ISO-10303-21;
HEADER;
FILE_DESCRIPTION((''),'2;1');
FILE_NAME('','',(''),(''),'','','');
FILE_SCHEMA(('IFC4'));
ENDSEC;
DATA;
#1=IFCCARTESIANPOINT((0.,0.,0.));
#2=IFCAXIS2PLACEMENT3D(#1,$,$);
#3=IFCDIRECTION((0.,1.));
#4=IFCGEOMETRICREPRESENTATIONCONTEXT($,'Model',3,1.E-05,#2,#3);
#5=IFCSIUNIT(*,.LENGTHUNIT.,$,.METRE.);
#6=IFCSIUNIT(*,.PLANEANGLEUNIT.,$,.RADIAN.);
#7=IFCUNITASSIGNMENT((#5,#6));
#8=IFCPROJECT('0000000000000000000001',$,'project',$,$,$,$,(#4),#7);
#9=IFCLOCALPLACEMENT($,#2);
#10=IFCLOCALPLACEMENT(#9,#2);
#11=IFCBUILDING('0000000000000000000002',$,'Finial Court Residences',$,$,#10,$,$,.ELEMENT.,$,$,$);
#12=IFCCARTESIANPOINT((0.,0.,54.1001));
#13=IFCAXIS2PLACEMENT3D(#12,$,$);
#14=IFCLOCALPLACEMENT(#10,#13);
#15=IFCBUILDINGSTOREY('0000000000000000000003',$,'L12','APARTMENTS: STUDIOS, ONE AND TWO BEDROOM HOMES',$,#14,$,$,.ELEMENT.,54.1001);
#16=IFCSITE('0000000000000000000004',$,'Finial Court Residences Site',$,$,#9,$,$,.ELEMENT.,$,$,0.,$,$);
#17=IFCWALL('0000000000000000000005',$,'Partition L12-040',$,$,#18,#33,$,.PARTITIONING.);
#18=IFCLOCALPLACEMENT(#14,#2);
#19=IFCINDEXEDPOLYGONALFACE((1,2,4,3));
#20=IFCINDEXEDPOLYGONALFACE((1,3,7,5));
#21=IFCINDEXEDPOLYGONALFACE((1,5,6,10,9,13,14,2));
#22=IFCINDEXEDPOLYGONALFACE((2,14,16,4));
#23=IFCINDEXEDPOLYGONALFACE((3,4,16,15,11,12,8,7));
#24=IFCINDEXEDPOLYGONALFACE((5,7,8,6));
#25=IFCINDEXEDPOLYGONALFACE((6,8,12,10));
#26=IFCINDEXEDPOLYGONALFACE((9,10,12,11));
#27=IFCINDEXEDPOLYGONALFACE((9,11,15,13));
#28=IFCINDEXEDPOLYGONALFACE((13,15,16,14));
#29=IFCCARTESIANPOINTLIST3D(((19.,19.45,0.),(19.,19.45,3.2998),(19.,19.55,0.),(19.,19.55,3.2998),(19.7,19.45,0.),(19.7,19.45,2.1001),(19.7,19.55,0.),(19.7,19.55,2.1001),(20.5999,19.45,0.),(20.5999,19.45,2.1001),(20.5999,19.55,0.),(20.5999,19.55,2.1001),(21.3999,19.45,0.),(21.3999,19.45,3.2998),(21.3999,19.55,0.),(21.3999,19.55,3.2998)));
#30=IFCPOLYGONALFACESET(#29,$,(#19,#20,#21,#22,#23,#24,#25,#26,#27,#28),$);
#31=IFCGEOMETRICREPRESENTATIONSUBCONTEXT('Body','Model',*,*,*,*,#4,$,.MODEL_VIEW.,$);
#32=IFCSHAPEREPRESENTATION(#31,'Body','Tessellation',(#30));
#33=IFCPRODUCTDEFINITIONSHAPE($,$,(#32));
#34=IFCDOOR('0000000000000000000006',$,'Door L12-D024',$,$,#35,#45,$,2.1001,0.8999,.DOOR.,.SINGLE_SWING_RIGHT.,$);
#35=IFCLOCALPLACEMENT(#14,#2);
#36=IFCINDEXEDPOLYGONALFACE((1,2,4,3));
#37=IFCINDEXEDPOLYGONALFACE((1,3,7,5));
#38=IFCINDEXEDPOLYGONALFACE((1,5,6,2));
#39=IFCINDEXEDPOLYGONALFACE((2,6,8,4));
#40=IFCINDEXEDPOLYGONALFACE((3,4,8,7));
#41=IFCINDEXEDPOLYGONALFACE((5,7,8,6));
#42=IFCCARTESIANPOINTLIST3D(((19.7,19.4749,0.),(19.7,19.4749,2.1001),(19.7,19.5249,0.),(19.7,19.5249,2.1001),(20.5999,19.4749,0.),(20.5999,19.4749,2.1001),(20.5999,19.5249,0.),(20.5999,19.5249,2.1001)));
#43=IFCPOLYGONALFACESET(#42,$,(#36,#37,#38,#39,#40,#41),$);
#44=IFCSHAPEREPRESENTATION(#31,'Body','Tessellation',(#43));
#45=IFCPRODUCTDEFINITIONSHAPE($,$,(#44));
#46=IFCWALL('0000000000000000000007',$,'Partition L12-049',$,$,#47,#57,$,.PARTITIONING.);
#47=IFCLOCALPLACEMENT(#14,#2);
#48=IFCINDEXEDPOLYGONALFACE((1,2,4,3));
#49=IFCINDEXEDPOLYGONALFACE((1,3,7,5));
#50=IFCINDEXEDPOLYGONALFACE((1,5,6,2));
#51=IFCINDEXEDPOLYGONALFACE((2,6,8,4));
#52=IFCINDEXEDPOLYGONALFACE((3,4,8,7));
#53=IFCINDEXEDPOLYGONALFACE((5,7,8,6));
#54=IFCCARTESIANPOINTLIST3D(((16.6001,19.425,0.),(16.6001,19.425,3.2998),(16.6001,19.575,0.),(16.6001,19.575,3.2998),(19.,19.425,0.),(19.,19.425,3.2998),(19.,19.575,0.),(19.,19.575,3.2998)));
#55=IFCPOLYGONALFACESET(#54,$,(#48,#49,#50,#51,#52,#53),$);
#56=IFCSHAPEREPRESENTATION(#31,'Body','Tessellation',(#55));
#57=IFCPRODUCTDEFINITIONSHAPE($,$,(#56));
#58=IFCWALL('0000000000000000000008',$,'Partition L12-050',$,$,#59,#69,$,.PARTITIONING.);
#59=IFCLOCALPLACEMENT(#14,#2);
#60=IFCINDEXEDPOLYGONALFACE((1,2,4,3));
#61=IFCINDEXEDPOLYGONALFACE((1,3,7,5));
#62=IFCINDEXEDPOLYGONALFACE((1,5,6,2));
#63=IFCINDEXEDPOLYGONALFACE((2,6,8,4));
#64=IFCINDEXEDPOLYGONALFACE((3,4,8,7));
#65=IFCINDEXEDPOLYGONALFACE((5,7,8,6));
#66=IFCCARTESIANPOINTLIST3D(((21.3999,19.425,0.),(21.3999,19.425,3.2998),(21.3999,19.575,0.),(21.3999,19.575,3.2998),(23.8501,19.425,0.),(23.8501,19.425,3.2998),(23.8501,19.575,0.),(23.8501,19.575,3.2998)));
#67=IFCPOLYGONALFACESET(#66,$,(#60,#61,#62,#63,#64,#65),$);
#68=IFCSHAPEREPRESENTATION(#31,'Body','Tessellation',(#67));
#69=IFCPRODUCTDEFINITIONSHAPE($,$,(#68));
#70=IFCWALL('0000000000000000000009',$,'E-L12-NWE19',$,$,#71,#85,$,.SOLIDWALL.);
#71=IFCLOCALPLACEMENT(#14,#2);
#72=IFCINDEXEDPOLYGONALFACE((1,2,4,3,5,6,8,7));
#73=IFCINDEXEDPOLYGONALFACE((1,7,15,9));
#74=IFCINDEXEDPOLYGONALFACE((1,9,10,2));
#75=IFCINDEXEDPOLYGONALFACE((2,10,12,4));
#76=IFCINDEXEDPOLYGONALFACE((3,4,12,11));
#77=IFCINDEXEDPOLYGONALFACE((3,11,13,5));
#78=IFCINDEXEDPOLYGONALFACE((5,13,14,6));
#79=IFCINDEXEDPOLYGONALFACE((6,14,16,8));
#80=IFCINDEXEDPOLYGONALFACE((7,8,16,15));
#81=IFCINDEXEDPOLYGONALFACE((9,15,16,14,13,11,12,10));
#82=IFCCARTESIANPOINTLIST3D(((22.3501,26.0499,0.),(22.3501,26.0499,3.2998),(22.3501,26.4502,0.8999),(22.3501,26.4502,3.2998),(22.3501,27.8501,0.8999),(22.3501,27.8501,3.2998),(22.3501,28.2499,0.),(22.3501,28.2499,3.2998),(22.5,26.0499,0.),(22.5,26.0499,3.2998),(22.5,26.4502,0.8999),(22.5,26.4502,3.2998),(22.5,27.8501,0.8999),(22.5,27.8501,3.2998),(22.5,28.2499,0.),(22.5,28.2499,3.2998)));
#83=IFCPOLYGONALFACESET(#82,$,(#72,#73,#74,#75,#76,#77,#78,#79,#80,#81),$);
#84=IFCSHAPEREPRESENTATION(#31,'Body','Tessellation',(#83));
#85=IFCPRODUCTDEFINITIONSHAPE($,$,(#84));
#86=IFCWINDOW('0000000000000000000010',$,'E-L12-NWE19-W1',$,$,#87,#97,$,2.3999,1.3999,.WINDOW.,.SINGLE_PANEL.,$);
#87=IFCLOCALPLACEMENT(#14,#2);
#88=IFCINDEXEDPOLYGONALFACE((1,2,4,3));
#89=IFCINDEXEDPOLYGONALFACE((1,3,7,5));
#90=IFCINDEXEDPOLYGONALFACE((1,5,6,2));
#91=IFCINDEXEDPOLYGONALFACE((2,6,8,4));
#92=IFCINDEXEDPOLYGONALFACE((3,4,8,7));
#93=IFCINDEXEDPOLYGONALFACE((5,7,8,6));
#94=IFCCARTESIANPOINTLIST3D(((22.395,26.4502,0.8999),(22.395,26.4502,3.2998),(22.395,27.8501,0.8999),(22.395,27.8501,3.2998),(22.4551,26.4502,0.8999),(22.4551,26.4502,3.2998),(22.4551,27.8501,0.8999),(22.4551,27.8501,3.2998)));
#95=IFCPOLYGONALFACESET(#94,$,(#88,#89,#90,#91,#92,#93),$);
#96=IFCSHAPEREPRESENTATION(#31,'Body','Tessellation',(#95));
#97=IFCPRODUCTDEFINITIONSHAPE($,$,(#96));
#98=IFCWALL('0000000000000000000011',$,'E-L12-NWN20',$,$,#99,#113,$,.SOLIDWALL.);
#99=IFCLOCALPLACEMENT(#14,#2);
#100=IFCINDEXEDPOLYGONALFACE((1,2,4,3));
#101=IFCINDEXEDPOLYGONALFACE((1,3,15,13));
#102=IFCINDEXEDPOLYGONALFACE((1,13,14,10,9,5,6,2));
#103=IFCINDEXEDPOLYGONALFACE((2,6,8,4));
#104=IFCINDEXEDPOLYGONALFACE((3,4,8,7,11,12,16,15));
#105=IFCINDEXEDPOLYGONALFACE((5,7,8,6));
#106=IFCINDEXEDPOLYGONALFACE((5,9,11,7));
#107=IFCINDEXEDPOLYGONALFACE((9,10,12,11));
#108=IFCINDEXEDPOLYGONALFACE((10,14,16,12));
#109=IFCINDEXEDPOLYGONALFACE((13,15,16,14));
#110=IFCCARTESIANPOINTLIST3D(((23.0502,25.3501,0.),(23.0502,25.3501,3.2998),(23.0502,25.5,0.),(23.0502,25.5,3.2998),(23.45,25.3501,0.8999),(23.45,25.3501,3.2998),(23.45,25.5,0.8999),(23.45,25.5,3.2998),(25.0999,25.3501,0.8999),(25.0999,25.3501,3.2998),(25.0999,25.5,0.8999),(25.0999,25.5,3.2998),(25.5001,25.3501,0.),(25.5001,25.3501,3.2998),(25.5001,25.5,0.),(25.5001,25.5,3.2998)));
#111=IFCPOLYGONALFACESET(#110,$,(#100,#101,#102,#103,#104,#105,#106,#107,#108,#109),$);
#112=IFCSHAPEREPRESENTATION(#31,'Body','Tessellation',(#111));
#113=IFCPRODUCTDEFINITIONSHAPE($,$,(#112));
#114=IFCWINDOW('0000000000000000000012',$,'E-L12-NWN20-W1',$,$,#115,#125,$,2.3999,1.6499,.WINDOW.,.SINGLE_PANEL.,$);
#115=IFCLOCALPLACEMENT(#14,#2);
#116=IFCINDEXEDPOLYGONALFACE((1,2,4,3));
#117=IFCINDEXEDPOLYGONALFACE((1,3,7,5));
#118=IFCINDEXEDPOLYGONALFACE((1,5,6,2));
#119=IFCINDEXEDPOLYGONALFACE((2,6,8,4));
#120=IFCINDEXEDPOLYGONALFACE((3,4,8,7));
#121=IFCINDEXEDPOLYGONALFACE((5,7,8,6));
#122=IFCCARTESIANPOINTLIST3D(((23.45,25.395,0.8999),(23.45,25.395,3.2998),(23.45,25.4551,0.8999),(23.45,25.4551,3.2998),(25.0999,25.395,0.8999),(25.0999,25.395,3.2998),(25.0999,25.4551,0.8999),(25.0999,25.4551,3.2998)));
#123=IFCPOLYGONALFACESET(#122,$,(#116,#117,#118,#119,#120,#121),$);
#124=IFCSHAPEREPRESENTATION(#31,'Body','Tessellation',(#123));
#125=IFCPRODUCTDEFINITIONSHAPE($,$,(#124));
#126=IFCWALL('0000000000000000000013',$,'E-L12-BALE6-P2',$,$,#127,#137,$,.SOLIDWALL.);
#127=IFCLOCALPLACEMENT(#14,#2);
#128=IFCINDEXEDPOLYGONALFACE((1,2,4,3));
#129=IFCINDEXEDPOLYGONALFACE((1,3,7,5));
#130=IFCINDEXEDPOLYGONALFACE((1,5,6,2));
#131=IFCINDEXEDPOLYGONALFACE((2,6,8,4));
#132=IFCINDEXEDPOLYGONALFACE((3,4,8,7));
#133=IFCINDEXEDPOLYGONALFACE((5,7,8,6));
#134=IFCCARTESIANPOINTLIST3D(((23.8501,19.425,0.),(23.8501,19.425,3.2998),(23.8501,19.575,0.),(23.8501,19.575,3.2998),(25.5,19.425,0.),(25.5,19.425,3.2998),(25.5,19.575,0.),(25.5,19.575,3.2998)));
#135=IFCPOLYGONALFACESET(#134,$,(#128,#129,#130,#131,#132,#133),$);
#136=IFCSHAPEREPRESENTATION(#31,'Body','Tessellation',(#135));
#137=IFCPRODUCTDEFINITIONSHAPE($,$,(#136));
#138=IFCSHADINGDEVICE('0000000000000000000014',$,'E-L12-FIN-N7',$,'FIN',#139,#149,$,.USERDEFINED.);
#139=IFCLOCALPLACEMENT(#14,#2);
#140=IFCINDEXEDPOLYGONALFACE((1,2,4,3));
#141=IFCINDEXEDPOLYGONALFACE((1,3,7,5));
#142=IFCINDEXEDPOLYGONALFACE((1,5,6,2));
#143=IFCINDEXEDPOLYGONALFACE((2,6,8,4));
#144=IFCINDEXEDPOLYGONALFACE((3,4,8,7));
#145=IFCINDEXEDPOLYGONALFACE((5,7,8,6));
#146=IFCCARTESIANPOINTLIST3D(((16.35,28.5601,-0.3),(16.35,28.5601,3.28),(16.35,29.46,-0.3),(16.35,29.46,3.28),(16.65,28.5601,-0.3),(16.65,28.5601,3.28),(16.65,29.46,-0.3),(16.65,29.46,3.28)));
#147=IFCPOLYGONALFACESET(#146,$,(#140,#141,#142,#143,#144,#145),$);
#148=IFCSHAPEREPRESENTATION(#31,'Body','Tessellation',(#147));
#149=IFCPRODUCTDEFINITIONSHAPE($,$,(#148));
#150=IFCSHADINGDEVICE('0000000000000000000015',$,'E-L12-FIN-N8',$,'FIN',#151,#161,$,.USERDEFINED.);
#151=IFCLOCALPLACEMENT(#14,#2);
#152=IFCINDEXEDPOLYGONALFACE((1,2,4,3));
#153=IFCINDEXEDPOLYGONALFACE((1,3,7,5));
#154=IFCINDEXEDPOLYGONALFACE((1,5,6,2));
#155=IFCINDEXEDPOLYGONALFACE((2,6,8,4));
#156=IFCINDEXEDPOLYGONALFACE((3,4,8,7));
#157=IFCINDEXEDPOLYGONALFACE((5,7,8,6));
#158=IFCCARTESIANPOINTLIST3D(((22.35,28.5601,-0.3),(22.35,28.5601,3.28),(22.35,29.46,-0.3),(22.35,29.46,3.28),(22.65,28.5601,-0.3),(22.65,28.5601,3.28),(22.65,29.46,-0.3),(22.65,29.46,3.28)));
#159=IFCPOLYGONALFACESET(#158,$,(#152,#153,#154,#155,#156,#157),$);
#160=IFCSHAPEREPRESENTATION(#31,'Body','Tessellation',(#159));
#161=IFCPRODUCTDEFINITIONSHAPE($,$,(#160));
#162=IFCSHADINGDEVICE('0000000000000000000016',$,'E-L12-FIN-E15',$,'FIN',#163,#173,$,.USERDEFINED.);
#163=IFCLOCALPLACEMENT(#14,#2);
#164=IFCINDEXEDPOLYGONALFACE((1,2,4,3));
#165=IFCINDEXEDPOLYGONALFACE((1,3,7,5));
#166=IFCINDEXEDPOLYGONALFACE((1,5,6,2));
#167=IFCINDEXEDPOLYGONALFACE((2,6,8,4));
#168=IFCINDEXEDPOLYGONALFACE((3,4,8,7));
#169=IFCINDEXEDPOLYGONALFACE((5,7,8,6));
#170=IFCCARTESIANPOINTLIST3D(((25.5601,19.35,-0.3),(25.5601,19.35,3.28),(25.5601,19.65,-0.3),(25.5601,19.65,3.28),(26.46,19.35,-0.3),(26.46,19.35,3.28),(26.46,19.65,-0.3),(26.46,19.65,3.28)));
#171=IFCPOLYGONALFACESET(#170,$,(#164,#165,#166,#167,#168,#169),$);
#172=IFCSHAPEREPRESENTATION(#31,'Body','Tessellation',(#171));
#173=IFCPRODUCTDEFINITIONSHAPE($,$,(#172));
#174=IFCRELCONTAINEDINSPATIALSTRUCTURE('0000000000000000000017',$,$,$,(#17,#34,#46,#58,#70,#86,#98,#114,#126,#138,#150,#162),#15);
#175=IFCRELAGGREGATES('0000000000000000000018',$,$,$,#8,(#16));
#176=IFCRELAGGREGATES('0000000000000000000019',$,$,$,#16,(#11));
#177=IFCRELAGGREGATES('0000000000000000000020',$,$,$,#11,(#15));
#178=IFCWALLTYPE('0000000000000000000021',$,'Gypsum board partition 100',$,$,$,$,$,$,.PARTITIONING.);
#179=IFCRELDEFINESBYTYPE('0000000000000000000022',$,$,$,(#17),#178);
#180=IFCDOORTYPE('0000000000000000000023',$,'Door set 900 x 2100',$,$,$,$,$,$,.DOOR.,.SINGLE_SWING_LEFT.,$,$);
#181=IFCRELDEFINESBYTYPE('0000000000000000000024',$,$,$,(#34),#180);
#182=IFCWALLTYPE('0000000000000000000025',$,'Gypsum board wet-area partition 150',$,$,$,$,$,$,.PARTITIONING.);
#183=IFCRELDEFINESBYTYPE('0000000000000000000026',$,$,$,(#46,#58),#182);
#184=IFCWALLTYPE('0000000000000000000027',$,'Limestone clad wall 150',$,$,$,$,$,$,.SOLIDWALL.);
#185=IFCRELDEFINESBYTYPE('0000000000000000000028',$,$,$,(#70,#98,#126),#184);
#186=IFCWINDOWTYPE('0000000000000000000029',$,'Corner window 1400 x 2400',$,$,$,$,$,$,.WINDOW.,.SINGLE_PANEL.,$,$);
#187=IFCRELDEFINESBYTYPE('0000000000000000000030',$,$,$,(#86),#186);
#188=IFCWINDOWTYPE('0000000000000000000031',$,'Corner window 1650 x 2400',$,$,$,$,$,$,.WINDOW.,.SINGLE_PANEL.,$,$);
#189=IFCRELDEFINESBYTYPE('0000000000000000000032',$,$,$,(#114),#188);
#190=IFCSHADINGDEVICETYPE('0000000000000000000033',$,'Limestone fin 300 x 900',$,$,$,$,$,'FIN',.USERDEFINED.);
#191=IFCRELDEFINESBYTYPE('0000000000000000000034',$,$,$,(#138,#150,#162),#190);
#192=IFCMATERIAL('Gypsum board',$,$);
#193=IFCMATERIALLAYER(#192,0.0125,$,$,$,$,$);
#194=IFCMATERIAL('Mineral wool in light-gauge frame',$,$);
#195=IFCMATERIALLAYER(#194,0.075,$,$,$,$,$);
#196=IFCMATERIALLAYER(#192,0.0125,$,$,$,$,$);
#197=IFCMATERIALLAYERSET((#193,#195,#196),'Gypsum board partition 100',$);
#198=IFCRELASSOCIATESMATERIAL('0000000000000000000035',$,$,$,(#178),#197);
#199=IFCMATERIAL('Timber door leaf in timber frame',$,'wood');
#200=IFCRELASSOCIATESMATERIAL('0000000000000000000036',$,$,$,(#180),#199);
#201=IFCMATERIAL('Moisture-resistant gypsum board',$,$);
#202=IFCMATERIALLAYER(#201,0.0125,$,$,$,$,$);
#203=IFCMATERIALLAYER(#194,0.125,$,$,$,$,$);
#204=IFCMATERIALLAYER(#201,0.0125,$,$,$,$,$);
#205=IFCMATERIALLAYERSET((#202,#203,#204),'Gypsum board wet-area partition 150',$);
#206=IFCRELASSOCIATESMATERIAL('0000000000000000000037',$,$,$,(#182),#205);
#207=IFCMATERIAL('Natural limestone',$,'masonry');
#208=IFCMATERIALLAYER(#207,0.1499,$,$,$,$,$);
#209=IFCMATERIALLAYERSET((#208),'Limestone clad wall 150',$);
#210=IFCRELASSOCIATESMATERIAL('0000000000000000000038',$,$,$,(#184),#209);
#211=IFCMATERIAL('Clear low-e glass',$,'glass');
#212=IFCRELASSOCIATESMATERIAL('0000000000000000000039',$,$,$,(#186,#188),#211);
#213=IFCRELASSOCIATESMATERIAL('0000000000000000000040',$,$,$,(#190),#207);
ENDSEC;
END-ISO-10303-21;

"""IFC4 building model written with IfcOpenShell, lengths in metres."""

from ifc_helpers import new_model, si_unit, direction, frame, frame_2d, origin, origin_2d, place, context, subcontext, project, spatial, rectangle, extrude, material, layer, layer_set, type_object, element, fill, save


model = new_model("IFC4")

# Units and contexts
model_context = context("Model", 3, precision=1e-05, world=origin(), true_north=direction((0.0, 1.0)))
body_context = subcontext(model_context, "Body", "Model", "MODEL_VIEW")
ifc_project = project(units=[si_unit("LENGTHUNIT", "METRE"), si_unit("PLANEANGLEUNIT", "RADIAN")], contexts=[model_context])

# Site, building, storey
site_placement = place(None, origin())
site = spatial("IfcSite", under=ifc_project, at=site_placement, Name="Finial Court Residences Site", CompositionType="ELEMENT", RefElevation=0.0)
building_placement = place(site_placement, origin())
building = spatial("IfcBuilding", under=site, at=building_placement, Name="Finial Court Residences", CompositionType="ELEMENT")
storey_placement = place(building_placement, frame((0.0, 0.0, 54.1001)))
storey = spatial("IfcBuildingStorey", under=building, at=storey_placement, Name="L12", Description="APARTMENTS: STUDIOS, ONE AND TWO BEDROOM HOMES", CompositionType="ELEMENT", Elevation=54.1001)

# Shared definitions
ifc_material_1 = material(Name="Clear low-e glass", Category="glass")

# Wall, opening, door
ifc_material_2 = material(Name="Gypsum board")
ifc_layer_1 = layer(ifc_material_2, 0.0125)
ifc_material_3 = material(Name="Mineral wool in light-gauge frame")
ifc_layer_2 = layer(ifc_material_3, 0.075)
ifc_layer_3 = layer(ifc_material_2, 0.0125)
ifc_layer_set_1 = layer_set([ifc_layer_1, ifc_layer_2, ifc_layer_3], Name="Gypsum board partition 100")
wall_type_1 = type_object("IfcWallType", Name="Gypsum board partition 100", PredefinedType="PARTITIONING", material=ifc_layer_set_1)
wall_1_placement = place(storey_placement, frame((19.0, 19.5, 0.0), z_axis=(0.0, 0.0, 1.0), x_axis=(1.0, 0.0, 0.0)))
wall_1 = element("IfcWall", 1, at=wall_1_placement, inside=storey, type_object=wall_type_1, Name="Partition L12-040", PredefinedType="PARTITIONING", context=body_context, shape_type="SweptSolid", body=[
    extrude(rectangle(XDim=2.3999, YDim=0.1001, at=frame_2d((1.2, 0.0))), origin(), (0.0, 0.0, 1.0), 3.2998),
])
opening_1_placement = place(wall_1_placement, frame((0.7, 0.0, 0.0)))
opening_1 = element("IfcOpeningElement", 2, at=opening_1_placement, cuts=wall_1, PredefinedType="OPENING", context=body_context, shape_type="SweptSolid", body=[
    extrude(rectangle(XDim=0.8999, YDim=2.1001, at=frame_2d((0.45, 1.05))), frame((0.0, 0.0601, 0.0), z_axis=(0.0, -1.0, 0.0), x_axis=(1.0, 0.0, 0.0)), (0.0, 0.0, 1.0), 0.1201),
])
ifc_material_4 = material(Name="Timber door leaf in timber frame", Category="wood")
door_type = type_object("IfcDoorType", Name="Door set 900 x 2100", OperationType="SINGLE_SWING_LEFT", PredefinedType="DOOR", material=ifc_material_4)
door_placement = place(opening_1_placement, origin())
door = element("IfcDoor", 3, at=door_placement, inside=storey, type_object=door_type, Name="Door L12-D024", OperationType="SINGLE_SWING_RIGHT", OverallHeight=2.1001, OverallWidth=0.8999, PredefinedType="DOOR", context=body_context, shape_type="SweptSolid", body=[
    extrude(rectangle(XDim=0.8999, YDim=2.1001, at=frame_2d((0.45, 1.05))), frame((0.0, 0.0249, 0.0), z_axis=(0.0, -1.0, 0.0), x_axis=(1.0, 0.0, 0.0)), (0.0, 0.0, 1.0), 0.05),
])
fill(opening_1, door)

# Walls
ifc_material_5 = material(Name="Moisture-resistant gypsum board")
ifc_layer_4 = layer(ifc_material_5, 0.0125)
ifc_layer_5 = layer(ifc_material_3, 0.125)
ifc_layer_6 = layer(ifc_material_5, 0.0125)
ifc_layer_set_2 = layer_set([ifc_layer_4, ifc_layer_5, ifc_layer_6], Name="Gypsum board wet-area partition 150")
wall_type_2 = type_object("IfcWallType", Name="Gypsum board wet-area partition 150", PredefinedType="PARTITIONING", material=ifc_layer_set_2)
wall_2_placement = place(storey_placement, frame((16.6001, 19.5, 0.0), z_axis=(0.0, 0.0, 1.0), x_axis=(1.0, 0.0, 0.0)))
element("IfcWall", 4, at=wall_2_placement, inside=storey, type_object=wall_type_2, Name="Partition L12-049", PredefinedType="PARTITIONING", context=body_context, shape_type="SweptSolid", body=[
    extrude(rectangle(XDim=2.3999, YDim=0.1499, at=frame_2d((1.2, 0.0))), origin(), (0.0, 0.0, 1.0), 3.2998),
])
wall_3_placement = place(storey_placement, frame((21.3999, 19.5, 0.0), z_axis=(0.0, 0.0, 1.0), x_axis=(1.0, 0.0, 0.0)))
element("IfcWall", 5, at=wall_3_placement, inside=storey, type_object=wall_type_2, Name="Partition L12-050", PredefinedType="PARTITIONING", context=body_context, shape_type="SweptSolid", body=[
    extrude(rectangle(XDim=2.4502, YDim=0.1499, at=frame_2d((1.2251, 0.0))), origin(), (0.0, 0.0, 1.0), 3.2998),
])

# Walls, openings, windows
ifc_material_6 = material(Name="Natural limestone", Category="masonry")
ifc_layer_7 = layer(ifc_material_6, 0.1499)
ifc_layer_set_3 = layer_set([ifc_layer_7], Name="Limestone clad wall 150")
wall_type_3 = type_object("IfcWallType", Name="Limestone clad wall 150", PredefinedType="SOLIDWALL", material=ifc_layer_set_3)
wall_4_placement = place(storey_placement, frame((22.425, 28.25, 0.0), z_axis=(0.0, 0.0, 1.0), x_axis=(0.0, -1.0, 0.0)))
wall_4 = element("IfcWall", 6, at=wall_4_placement, inside=storey, type_object=wall_type_3, Name="E-L12-NWE19", PredefinedType="SOLIDWALL", context=body_context, shape_type="SweptSolid", body=[
    extrude(rectangle(XDim=2.2, YDim=0.1499, at=frame_2d((1.1001, 0.0))), origin(), (0.0, 0.0, 1.0), 3.2998),
])
opening_2_placement = place(wall_4_placement, frame((0.3999, 0.0, 0.8999)))
opening_2 = element("IfcOpeningElement", 7, at=opening_2_placement, cuts=wall_4, PredefinedType="OPENING", context=body_context, shape_type="SweptSolid", body=[
    extrude(rectangle(XDim=1.3999, YDim=2.3999, at=frame_2d((0.7, 1.2))), frame((0.0, 0.085, 0.0), z_axis=(0.0, -1.0, 0.0), x_axis=(1.0, 0.0, 0.0)), (0.0, 0.0, 1.0), 0.1699),
])
window_type_1 = type_object("IfcWindowType", Name="Corner window 1400 x 2400", PartitioningType="SINGLE_PANEL", PredefinedType="WINDOW", material=ifc_material_1)
window_1_placement = place(opening_2_placement, origin())
window_1 = element("IfcWindow", 8, at=window_1_placement, inside=storey, type_object=window_type_1, Name="E-L12-NWE19-W1", OverallHeight=2.3999, OverallWidth=1.3999, PartitioningType="SINGLE_PANEL", PredefinedType="WINDOW", context=body_context, shape_type="SweptSolid", body=[
    extrude(rectangle(XDim=1.3999, YDim=2.3999, at=frame_2d((0.7, 1.2))), frame((0.0, 0.03, 0.0), z_axis=(0.0, -1.0, 0.0), x_axis=(1.0, 0.0, 0.0)), (0.0, 0.0, 1.0), 0.0601),
])
fill(opening_2, window_1)
wall_5_placement = place(storey_placement, frame((23.05, 25.425, 0.0), z_axis=(0.0, 0.0, 1.0), x_axis=(1.0, 0.0, 0.0)))
wall_5 = element("IfcWall", 9, at=wall_5_placement, inside=storey, type_object=wall_type_3, Name="E-L12-NWN20", PredefinedType="SOLIDWALL", context=body_context, shape_type="SweptSolid", body=[
    extrude(rectangle(XDim=2.45, YDim=0.1499, at=frame_2d((1.2251, 0.0))), origin(), (0.0, 0.0, 1.0), 3.2998),
])
opening_3_placement = place(wall_5_placement, frame((0.3999, 0.0, 0.8999)))
opening_3 = element("IfcOpeningElement", 10, at=opening_3_placement, cuts=wall_5, PredefinedType="OPENING", context=body_context, shape_type="SweptSolid", body=[
    extrude(rectangle(XDim=1.6499, YDim=2.3999, at=frame_2d((0.825, 1.2))), frame((0.0, 0.085, 0.0), z_axis=(0.0, -1.0, 0.0), x_axis=(1.0, 0.0, 0.0)), (0.0, 0.0, 1.0), 0.1699),
])
window_type_2 = type_object("IfcWindowType", Name="Corner window 1650 x 2400", PartitioningType="SINGLE_PANEL", PredefinedType="WINDOW", material=ifc_material_1)
window_2_placement = place(opening_3_placement, origin())
window_2 = element("IfcWindow", 11, at=window_2_placement, inside=storey, type_object=window_type_2, Name="E-L12-NWN20-W1", OverallHeight=2.3999, OverallWidth=1.6499, PartitioningType="SINGLE_PANEL", PredefinedType="WINDOW", context=body_context, shape_type="SweptSolid", body=[
    extrude(rectangle(XDim=1.6499, YDim=2.3999, at=frame_2d((0.825, 1.2))), frame((0.0, 0.03, 0.0), z_axis=(0.0, -1.0, 0.0), x_axis=(1.0, 0.0, 0.0)), (0.0, 0.0, 1.0), 0.0601),
])
fill(opening_3, window_2)

# Wall
wall_6_placement = place(storey_placement, frame((23.8501, 19.5, 0.0), z_axis=(0.0, 0.0, 1.0), x_axis=(1.0, 0.0, 0.0)))
element("IfcWall", 12, at=wall_6_placement, inside=storey, type_object=wall_type_3, Name="E-L12-BALE6-P2", PredefinedType="SOLIDWALL", context=body_context, shape_type="SweptSolid", body=[
    extrude(rectangle(XDim=1.6499, YDim=0.1499, at=frame_2d((0.825, 0.0))), origin(), (0.0, 0.0, 1.0), 3.2998),
])

# Shading devices
shading_device_type = type_object("IfcShadingDeviceType", Name="Limestone fin 300 x 900", ElementType="FIN", PredefinedType="USERDEFINED", material=ifc_material_6)
for number, where, z_axis, x_axis, name in (
    (13, (16.5, 29.01, -0.3), (0.0, 0.0, 1.0), (1.0, 0.0, 0.0), "E-L12-FIN-N7"),
    (14, (22.5, 29.01, -0.3), (0.0, 0.0, 1.0), (1.0, 0.0, 0.0), "E-L12-FIN-N8"),
):
    element("IfcShadingDevice", number, at=place(storey_placement, frame(where, z_axis=z_axis, x_axis=x_axis)), inside=storey, type_object=shading_device_type, Name=name, ObjectType="FIN", PredefinedType="USERDEFINED", context=body_context, shape_type="SweptSolid", body=[
        extrude(rectangle(XDim=0.3, YDim=0.8999, at=origin_2d()), origin(), (0.0, 0.0, 1.0), 3.5801),
    ])
for number, where, z_axis, x_axis, name in (
    (15, (26.01, 19.5, -0.3), (0.0, 0.0, 1.0), (1.0, 0.0, 0.0), "E-L12-FIN-E15"),
):
    element("IfcShadingDevice", number, at=place(storey_placement, frame(where, z_axis=z_axis, x_axis=x_axis)), inside=storey, type_object=shading_device_type, Name=name, ObjectType="FIN", PredefinedType="USERDEFINED", context=body_context, shape_type="SweptSolid", body=[
        extrude(rectangle(XDim=0.8999, YDim=0.3, at=origin_2d()), origin(), (0.0, 0.0, 1.0), 3.5801),
    ])

save(model, "model.ifc")
